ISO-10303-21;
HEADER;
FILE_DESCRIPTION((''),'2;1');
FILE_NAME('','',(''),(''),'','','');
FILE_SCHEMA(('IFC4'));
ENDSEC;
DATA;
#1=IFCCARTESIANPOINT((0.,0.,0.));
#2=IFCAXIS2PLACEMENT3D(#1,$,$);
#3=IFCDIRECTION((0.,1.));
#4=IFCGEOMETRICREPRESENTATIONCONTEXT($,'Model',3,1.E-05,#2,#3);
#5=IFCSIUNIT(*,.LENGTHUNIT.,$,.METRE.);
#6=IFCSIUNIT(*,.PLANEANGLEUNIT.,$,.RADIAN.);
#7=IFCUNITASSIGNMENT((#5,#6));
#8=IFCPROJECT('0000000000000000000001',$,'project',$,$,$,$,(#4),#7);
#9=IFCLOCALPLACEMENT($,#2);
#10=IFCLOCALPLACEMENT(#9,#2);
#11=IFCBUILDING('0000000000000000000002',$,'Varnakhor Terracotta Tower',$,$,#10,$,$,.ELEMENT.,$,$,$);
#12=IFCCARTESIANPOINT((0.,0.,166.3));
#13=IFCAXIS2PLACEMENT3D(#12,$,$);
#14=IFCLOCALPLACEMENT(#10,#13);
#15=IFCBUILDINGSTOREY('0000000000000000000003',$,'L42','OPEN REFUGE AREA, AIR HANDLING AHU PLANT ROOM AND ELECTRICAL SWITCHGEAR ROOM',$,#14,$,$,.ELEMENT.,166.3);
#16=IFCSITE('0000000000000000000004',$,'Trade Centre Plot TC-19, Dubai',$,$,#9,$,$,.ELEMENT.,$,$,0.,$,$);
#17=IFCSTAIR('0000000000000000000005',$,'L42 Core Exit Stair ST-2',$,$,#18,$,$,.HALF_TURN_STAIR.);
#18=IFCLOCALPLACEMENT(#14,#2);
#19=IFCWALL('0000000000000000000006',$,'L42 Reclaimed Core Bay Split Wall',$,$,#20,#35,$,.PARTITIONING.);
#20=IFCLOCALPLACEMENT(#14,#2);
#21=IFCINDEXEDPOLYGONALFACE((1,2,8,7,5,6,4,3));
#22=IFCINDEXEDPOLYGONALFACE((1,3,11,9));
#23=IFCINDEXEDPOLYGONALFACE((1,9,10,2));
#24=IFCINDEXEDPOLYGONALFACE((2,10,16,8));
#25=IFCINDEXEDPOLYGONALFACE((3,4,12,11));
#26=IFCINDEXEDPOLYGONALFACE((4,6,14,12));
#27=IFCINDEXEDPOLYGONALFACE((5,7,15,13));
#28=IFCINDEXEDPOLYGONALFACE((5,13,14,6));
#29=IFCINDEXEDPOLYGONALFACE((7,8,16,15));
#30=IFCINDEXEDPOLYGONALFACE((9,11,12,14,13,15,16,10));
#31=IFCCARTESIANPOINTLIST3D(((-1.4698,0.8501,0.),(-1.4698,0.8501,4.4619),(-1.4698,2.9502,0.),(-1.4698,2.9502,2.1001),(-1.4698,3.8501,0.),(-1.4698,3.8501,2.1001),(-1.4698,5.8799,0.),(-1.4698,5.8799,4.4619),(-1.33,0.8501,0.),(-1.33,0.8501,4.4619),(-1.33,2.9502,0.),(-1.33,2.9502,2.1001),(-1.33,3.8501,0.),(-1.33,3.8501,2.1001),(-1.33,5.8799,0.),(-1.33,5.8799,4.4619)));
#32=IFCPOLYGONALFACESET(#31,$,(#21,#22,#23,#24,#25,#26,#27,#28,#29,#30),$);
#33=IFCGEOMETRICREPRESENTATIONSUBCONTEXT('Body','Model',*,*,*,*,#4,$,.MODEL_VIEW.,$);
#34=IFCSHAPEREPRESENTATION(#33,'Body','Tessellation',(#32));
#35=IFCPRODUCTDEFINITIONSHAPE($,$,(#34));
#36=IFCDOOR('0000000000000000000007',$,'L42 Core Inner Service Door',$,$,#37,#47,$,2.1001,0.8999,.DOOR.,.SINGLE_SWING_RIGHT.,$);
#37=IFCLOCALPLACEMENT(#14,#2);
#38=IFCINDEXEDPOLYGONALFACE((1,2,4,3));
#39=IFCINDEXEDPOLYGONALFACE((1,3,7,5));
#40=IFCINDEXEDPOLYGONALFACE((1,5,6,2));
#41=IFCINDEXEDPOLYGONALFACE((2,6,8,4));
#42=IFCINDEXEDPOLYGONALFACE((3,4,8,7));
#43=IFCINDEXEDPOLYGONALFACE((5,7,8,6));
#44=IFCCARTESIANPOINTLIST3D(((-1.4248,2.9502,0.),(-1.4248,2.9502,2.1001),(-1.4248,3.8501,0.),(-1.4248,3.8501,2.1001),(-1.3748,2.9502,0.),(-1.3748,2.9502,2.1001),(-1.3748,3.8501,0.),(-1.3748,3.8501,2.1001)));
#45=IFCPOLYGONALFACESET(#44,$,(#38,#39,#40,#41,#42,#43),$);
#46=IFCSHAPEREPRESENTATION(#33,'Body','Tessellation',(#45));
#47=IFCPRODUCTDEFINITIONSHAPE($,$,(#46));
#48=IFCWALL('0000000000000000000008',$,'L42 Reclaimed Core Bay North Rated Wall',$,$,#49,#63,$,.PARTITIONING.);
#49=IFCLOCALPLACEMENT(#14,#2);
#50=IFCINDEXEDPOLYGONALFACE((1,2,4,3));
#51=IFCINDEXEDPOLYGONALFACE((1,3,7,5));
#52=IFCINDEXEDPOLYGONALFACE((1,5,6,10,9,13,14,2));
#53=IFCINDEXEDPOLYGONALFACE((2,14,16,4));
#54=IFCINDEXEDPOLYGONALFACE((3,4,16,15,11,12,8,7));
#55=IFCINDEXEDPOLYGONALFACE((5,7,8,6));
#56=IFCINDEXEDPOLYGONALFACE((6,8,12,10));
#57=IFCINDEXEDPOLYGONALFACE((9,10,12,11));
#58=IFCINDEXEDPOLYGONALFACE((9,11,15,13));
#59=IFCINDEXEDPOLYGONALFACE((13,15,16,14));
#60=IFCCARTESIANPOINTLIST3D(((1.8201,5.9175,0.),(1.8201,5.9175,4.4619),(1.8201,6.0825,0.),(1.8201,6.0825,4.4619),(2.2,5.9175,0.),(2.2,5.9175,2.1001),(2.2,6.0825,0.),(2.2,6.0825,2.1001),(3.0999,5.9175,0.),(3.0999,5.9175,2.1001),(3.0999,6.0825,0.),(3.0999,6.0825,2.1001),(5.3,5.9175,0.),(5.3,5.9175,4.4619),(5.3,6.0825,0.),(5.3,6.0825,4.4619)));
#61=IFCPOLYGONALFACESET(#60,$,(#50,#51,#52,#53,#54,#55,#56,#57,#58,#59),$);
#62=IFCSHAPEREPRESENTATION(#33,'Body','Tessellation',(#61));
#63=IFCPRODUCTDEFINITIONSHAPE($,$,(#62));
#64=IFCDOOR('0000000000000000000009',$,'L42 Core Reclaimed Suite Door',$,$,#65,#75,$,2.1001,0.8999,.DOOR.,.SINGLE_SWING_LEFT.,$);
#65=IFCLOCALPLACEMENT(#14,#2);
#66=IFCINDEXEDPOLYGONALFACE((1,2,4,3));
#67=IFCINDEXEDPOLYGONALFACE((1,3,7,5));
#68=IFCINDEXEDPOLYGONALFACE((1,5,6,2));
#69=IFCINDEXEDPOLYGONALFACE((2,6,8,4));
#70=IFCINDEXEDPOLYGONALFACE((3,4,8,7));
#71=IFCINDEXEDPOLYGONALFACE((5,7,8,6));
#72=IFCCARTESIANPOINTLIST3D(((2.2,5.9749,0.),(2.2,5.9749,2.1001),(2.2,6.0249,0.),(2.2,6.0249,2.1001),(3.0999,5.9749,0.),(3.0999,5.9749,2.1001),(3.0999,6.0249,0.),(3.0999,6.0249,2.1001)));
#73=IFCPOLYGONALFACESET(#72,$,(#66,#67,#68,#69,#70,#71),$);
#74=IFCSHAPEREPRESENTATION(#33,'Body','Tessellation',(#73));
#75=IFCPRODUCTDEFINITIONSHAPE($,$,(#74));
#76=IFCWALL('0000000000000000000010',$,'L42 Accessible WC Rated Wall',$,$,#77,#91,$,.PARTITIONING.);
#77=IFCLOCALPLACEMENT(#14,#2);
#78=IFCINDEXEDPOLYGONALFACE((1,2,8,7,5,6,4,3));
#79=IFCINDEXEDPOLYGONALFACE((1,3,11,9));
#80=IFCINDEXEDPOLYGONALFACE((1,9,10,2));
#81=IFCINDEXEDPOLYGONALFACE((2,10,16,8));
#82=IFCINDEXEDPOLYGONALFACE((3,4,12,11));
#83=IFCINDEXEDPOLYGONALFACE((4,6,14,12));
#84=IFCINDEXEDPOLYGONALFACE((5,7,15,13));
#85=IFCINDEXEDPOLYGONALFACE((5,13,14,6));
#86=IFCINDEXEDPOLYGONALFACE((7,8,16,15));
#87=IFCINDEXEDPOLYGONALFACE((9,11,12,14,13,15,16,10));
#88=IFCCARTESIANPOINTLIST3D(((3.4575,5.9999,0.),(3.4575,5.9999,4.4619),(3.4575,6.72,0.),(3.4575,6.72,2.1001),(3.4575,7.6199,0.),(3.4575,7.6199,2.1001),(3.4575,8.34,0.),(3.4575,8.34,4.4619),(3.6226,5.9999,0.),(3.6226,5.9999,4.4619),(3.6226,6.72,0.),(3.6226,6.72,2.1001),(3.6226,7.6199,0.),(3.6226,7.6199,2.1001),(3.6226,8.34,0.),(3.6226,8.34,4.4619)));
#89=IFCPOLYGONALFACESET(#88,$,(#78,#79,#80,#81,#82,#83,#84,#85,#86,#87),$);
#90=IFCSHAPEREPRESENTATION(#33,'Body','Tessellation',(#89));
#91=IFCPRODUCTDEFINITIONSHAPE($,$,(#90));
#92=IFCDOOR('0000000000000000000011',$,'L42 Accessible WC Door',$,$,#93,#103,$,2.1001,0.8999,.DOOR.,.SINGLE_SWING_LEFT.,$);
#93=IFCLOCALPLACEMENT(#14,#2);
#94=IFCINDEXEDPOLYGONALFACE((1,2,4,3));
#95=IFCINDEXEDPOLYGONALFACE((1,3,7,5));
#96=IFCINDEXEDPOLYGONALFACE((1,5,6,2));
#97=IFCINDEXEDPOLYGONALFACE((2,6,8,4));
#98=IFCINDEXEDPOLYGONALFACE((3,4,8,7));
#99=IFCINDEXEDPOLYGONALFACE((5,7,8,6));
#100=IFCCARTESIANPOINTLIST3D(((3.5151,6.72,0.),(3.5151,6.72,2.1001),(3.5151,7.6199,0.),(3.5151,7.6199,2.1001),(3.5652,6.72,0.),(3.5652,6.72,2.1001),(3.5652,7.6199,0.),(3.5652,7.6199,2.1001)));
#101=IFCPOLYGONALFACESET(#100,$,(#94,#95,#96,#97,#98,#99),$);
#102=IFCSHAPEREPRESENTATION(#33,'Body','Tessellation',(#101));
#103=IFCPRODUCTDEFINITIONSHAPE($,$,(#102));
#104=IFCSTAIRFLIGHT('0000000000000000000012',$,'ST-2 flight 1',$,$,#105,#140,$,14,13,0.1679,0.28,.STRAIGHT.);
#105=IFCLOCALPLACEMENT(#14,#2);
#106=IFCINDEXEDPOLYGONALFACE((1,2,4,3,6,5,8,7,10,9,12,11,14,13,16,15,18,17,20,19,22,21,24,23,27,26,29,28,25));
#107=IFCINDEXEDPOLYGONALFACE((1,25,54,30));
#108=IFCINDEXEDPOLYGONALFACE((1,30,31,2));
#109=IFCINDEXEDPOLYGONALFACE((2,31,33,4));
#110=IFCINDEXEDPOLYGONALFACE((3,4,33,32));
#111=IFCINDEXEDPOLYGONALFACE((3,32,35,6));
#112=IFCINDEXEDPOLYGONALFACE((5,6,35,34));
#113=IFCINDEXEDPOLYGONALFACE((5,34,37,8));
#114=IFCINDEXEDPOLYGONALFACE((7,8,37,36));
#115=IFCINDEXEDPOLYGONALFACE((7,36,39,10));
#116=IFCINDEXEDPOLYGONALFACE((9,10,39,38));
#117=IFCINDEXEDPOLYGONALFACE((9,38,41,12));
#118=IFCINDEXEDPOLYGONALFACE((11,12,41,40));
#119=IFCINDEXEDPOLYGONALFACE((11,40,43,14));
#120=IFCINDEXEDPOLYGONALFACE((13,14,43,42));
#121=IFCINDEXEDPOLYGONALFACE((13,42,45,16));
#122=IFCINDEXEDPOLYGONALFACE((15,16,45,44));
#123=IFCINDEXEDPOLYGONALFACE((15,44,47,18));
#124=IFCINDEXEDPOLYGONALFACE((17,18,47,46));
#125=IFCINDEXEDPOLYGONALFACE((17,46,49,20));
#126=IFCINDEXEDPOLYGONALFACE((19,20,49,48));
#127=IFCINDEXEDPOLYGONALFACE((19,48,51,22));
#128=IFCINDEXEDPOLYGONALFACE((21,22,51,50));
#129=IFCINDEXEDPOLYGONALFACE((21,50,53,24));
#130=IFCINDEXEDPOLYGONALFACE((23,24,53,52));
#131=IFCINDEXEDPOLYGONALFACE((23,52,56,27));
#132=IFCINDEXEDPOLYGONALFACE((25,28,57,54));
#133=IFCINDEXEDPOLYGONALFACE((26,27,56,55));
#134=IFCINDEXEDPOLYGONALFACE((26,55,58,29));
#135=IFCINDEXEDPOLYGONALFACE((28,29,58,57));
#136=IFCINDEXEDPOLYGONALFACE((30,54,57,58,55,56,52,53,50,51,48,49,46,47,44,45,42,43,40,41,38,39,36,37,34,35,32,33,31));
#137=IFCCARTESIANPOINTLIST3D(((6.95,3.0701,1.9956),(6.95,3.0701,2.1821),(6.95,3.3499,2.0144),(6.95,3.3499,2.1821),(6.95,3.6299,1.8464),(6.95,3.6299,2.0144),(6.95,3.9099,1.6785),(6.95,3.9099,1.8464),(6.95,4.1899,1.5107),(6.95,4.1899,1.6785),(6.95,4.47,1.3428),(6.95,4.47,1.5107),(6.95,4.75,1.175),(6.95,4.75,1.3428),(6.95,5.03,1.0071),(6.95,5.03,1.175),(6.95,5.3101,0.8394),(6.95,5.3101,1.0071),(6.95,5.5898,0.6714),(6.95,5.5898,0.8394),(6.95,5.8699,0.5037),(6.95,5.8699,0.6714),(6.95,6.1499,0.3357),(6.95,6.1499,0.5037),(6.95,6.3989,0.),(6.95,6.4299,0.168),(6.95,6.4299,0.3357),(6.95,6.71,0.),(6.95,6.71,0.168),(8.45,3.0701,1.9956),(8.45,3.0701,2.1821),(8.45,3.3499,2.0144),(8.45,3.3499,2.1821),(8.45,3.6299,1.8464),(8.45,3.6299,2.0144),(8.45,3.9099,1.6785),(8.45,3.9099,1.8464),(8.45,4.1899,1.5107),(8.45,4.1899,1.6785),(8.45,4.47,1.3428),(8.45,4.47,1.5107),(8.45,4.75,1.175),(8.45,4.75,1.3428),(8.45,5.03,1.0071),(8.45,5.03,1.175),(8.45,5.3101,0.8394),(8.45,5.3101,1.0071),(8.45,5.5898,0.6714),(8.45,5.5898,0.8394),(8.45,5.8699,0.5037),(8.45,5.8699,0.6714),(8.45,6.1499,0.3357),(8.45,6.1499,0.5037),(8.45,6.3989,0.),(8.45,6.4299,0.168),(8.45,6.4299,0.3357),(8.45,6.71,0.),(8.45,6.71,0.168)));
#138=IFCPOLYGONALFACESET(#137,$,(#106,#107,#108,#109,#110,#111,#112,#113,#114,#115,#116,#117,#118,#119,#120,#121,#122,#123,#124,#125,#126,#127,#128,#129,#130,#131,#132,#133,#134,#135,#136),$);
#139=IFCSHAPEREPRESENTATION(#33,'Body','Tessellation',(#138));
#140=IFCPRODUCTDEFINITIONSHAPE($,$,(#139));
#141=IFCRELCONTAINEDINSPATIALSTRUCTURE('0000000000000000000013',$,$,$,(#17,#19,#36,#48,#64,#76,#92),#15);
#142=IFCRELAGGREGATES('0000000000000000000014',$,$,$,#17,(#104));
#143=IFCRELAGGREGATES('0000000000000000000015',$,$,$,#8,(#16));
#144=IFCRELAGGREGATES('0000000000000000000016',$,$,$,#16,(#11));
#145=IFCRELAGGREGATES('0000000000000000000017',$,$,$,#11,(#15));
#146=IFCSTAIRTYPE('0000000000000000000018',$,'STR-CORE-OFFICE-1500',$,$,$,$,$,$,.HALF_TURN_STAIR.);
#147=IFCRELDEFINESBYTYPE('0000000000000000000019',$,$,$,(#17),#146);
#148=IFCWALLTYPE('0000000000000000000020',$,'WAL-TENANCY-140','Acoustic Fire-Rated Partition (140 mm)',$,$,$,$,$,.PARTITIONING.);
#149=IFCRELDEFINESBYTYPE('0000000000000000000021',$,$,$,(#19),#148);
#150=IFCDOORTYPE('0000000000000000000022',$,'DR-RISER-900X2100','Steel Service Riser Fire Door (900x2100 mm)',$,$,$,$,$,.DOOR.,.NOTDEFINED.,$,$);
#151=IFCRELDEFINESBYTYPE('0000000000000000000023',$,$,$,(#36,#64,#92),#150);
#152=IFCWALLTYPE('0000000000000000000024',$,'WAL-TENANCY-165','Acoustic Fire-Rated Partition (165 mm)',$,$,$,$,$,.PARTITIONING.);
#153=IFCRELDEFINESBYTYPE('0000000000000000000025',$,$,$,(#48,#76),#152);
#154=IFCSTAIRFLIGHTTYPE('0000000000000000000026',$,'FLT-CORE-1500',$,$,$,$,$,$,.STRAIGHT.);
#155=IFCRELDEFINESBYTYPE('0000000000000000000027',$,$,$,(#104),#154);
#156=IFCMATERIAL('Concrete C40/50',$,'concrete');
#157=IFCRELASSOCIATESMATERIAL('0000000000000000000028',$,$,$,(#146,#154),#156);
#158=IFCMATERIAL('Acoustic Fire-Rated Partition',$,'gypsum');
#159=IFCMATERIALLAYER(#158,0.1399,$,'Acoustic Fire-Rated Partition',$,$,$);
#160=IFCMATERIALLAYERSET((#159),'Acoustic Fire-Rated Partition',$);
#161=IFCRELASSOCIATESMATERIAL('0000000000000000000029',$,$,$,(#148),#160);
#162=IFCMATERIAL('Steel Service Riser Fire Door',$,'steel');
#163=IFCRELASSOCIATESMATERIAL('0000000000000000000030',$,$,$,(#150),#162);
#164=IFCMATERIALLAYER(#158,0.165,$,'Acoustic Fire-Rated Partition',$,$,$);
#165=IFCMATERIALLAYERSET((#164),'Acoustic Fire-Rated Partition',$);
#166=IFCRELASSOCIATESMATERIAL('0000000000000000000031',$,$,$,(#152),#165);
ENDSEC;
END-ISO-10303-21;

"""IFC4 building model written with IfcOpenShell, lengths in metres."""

from ifc_helpers import new_model, si_unit, direction, frame, frame_2d, origin, place, context, subcontext, project, spatial, polyline, rectangle, outline, extrude, source, transform, mapped, material, layer, layer_set, type_object, type_shapes, element, fill, aggregate, save


model = new_model("IFC4")

# Units and contexts
model_context = context("Model", 3, precision=1e-05, world=origin(), true_north=direction((0.0, 1.0)))
body_context = subcontext(model_context, "Body", "Model", "MODEL_VIEW")
ifc_project = project(units=[si_unit("LENGTHUNIT", "METRE"), si_unit("PLANEANGLEUNIT", "RADIAN")], contexts=[model_context])

# Site, building, storey
site_placement = place(None, origin())
site = spatial("IfcSite", under=ifc_project, at=site_placement, Name="Trade Centre Plot TC-19, Dubai", CompositionType="ELEMENT", RefElevation=0.0)
building_placement = place(site_placement, origin())
building = spatial("IfcBuilding", under=site, at=building_placement, Name="Varnakhor Terracotta Tower", CompositionType="ELEMENT")
storey_placement = place(building_placement, frame((0.0, 0.0, 166.3)))
storey = spatial("IfcBuildingStorey", under=building, at=storey_placement, Name="L42", Description="OPEN REFUGE AREA, AIR HANDLING AHU PLANT ROOM AND ELECTRICAL SWITCHGEAR ROOM", CompositionType="ELEMENT", Elevation=166.3)

# Stair
ifc_material_1 = material(Name="Concrete C40/50", Category="concrete")
stair_type = type_object("IfcStairType", Name="STR-CORE-OFFICE-1500", PredefinedType="HALF_TURN_STAIR", material=ifc_material_1)
stair_1_placement = place(storey_placement, origin())
stair_1 = element("IfcStair", 1, at=stair_1_placement, inside=storey, type_object=stair_type, Name="L42 Core Exit Stair ST-2", PredefinedType="HALF_TURN_STAIR")

# Walls, openings, doors
ifc_material_2 = material(Name="Acoustic Fire-Rated Partition", Category="gypsum")
ifc_layer_1 = layer(ifc_material_2, 0.1399, Name="Acoustic Fire-Rated Partition")
ifc_layer_set_1 = layer_set([ifc_layer_1], Name="Acoustic Fire-Rated Partition")
wall_type_1 = type_object("IfcWallType", Name="WAL-TENANCY-140", Description="Acoustic Fire-Rated Partition (140 mm)", PredefinedType="PARTITIONING", material=ifc_layer_set_1)
wall_1_placement = place(storey_placement, frame((-1.3999, 0.8501, 0.0), z_axis=(0.0, 0.0, 1.0), x_axis=(0.0, 1.0, 0.0)))
wall_1 = element("IfcWall", 2, at=wall_1_placement, inside=storey, type_object=wall_type_1, Name="L42 Reclaimed Core Bay Split Wall", PredefinedType="PARTITIONING", context=body_context, shape_type="SweptSolid", body=[
    extrude(rectangle(XDim=5.0298, YDim=0.1399, at=frame_2d((2.5149, 0.0))), origin(), (0.0, 0.0, 1.0), 4.4619),
])
opening_1_placement = place(wall_1_placement, frame((2.1001, 0.0, 0.0)))
opening_1 = element("IfcOpeningElement", 3, at=opening_1_placement, cuts=wall_1, PredefinedType="OPENING", context=body_context, shape_type="SweptSolid", body=[
    extrude(rectangle(XDim=0.8999, YDim=2.1001, at=frame_2d((0.45, 1.05))), frame((0.0, 0.0801, 0.0), z_axis=(0.0, -1.0, 0.0), x_axis=(1.0, 0.0, 0.0)), (0.0, 0.0, 1.0), 0.1599),
])
ifc_material_3 = material(Name="Steel Service Riser Fire Door", Category="steel")
door_type_1 = type_object("IfcDoorType", Name="DR-RISER-900X2100", Description="Steel Service Riser Fire Door (900x2100 mm)", OperationType="NOTDEFINED", PredefinedType="DOOR", material=ifc_material_3)
shared_shape_1 = source(origin(), body_context, "Body", "SweptSolid", [
    extrude(rectangle(XDim=0.8999, YDim=2.1001, at=frame_2d((0.45, 1.05))), frame((0.0, 0.0249, 0.0), z_axis=(0.0, -1.0, 0.0), x_axis=(1.0, 0.0, 0.0)), (0.0, 0.0, 1.0), 0.05),
])
type_shapes(door_type_1, [shared_shape_1])
door_1_placement = place(opening_1_placement, origin())
door_1 = element("IfcDoor", 4, at=door_1_placement, inside=storey, type_object=door_type_1, Name="L42 Core Inner Service Door", OperationType="SINGLE_SWING_RIGHT", OverallHeight=2.1001, OverallWidth=0.8999, PredefinedType="DOOR", context=body_context, shape_type="MappedRepresentation", body=[
    mapped(shared_shape_1, transform((0.0, 0.0, 0.0), scale=1.0)),
])
fill(opening_1, door_1)
ifc_layer_2 = layer(ifc_material_2, 0.165, Name="Acoustic Fire-Rated Partition")
ifc_layer_set_2 = layer_set([ifc_layer_2], Name="Acoustic Fire-Rated Partition")
wall_type_2 = type_object("IfcWallType", Name="WAL-TENANCY-165", Description="Acoustic Fire-Rated Partition (165 mm)", PredefinedType="PARTITIONING", material=ifc_layer_set_2)
wall_2_placement = place(storey_placement, frame((1.8201, 6.0, 0.0), z_axis=(0.0, 0.0, 1.0), x_axis=(1.0, 0.0, 0.0)))
wall_2 = element("IfcWall", 5, at=wall_2_placement, inside=storey, type_object=wall_type_2, Name="L42 Reclaimed Core Bay North Rated Wall", PredefinedType="PARTITIONING", context=body_context, shape_type="SweptSolid", body=[
    extrude(rectangle(XDim=3.48, YDim=0.165, at=frame_2d((1.74, 0.0))), origin(), (0.0, 0.0, 1.0), 4.4619),
])
opening_2_placement = place(wall_2_placement, frame((0.3799, 0.0, 0.0)))
opening_2 = element("IfcOpeningElement", 6, at=opening_2_placement, cuts=wall_2, PredefinedType="OPENING", context=body_context, shape_type="SweptSolid", body=[
    extrude(rectangle(XDim=0.8999, YDim=2.1001, at=frame_2d((0.45, 1.05))), frame((0.0, 0.0925, 0.0), z_axis=(0.0, -1.0, 0.0), x_axis=(1.0, 0.0, 0.0)), (0.0, 0.0, 1.0), 0.1851),
])
door_2_placement = place(opening_2_placement, origin())
door_2 = element("IfcDoor", 7, at=door_2_placement, inside=storey, type_object=door_type_1, Name="L42 Core Reclaimed Suite Door", OperationType="SINGLE_SWING_LEFT", OverallHeight=2.1001, OverallWidth=0.8999, PredefinedType="DOOR", context=body_context, shape_type="MappedRepresentation", body=[
    mapped(shared_shape_1, transform((0.0, 0.0, 0.0), scale=1.0)),
])
fill(opening_2, door_2)
wall_3_placement = place(storey_placement, frame((3.54, 6.0, 0.0), z_axis=(0.0, 0.0, 1.0), x_axis=(0.0, 1.0, 0.0)))
wall_3 = element("IfcWall", 8, at=wall_3_placement, inside=storey, type_object=wall_type_2, Name="L42 Accessible WC Rated Wall", PredefinedType="PARTITIONING", context=body_context, shape_type="SweptSolid", body=[
    extrude(rectangle(XDim=2.3401, YDim=0.165, at=frame_2d((1.1699, 0.0))), origin(), (0.0, 0.0, 1.0), 4.4619),
])
opening_3_placement = place(wall_3_placement, frame((0.72, 0.0, 0.0)))
opening_3 = element("IfcOpeningElement", 9, at=opening_3_placement, cuts=wall_3, PredefinedType="OPENING", context=body_context, shape_type="SweptSolid", body=[
    extrude(rectangle(XDim=0.8999, YDim=2.1001, at=frame_2d((0.45, 1.05))), frame((0.0, 0.0925, 0.0), z_axis=(0.0, -1.0, 0.0), x_axis=(1.0, 0.0, 0.0)), (0.0, 0.0, 1.0), 0.1851),
])
door_3_placement = place(opening_3_placement, origin())
door_3 = element("IfcDoor", 10, at=door_3_placement, inside=storey, type_object=door_type_1, Name="L42 Accessible WC Door", OperationType="SINGLE_SWING_LEFT", OverallHeight=2.1001, OverallWidth=0.8999, PredefinedType="DOOR", context=body_context, shape_type="MappedRepresentation", body=[
    mapped(shared_shape_1, transform((0.0, 0.0, 0.0), scale=1.0)),
])
fill(opening_3, door_3)

# Stair flight
stair_flight_type = type_object("IfcStairFlightType", Name="FLT-CORE-1500", PredefinedType="STRAIGHT", material=ifc_material_1)
stair_flight_1_placement = place(storey_placement, frame((7.7, 6.71, 0.0), z_axis=(0.0, 0.0, 1.0), x_axis=(0.0, -1.0, 0.0)))
stair_flight_1 = element("IfcStairFlight", 11, at=stair_flight_1_placement, type_object=stair_flight_type, Name="ST-2 flight 1", NumberOfRisers=14, NumberOfTreads=13, PredefinedType="STRAIGHT", RiserHeight=0.1679, TreadLength=0.28, context=body_context, shape_type="SweptSolid", body=[
    extrude(outline(polyline([(0.0, 0.0), (0.0, 0.168), (0.28, 0.168), (0.28, 0.3357), (0.5601, 0.3357), (0.5601, 0.5037), (0.8401, 0.5037), (0.8401, 0.6714), (1.1201, 0.6714), (1.1201, 0.8394), (1.3999, 0.8394), (1.3999, 1.0071), (1.6799, 1.0071), (1.6799, 1.175), (1.96, 1.175), (1.96, 1.3428), (2.24, 1.3428), (2.24, 1.5107), (2.52, 1.5107), (2.52, 1.6785), (2.8, 1.6785), (2.8, 1.8464), (3.0801, 1.8464), (3.0801, 2.0144), (3.3601, 2.0144), (3.3601, 2.1821), (3.6399, 2.1821), (3.6399, 2.3501), (3.6399, 1.9956), (0.311, 0.0), (0.0, 0.0)])), frame((0.0, 0.75, 0.0), z_axis=(0.0, -1.0, 0.0), x_axis=(1.0, 0.0, 0.0)), (0.0, 0.0, 1.0), 1.5),
])
aggregate(stair_1, [stair_flight_1])

save(model, "model.ifc")
